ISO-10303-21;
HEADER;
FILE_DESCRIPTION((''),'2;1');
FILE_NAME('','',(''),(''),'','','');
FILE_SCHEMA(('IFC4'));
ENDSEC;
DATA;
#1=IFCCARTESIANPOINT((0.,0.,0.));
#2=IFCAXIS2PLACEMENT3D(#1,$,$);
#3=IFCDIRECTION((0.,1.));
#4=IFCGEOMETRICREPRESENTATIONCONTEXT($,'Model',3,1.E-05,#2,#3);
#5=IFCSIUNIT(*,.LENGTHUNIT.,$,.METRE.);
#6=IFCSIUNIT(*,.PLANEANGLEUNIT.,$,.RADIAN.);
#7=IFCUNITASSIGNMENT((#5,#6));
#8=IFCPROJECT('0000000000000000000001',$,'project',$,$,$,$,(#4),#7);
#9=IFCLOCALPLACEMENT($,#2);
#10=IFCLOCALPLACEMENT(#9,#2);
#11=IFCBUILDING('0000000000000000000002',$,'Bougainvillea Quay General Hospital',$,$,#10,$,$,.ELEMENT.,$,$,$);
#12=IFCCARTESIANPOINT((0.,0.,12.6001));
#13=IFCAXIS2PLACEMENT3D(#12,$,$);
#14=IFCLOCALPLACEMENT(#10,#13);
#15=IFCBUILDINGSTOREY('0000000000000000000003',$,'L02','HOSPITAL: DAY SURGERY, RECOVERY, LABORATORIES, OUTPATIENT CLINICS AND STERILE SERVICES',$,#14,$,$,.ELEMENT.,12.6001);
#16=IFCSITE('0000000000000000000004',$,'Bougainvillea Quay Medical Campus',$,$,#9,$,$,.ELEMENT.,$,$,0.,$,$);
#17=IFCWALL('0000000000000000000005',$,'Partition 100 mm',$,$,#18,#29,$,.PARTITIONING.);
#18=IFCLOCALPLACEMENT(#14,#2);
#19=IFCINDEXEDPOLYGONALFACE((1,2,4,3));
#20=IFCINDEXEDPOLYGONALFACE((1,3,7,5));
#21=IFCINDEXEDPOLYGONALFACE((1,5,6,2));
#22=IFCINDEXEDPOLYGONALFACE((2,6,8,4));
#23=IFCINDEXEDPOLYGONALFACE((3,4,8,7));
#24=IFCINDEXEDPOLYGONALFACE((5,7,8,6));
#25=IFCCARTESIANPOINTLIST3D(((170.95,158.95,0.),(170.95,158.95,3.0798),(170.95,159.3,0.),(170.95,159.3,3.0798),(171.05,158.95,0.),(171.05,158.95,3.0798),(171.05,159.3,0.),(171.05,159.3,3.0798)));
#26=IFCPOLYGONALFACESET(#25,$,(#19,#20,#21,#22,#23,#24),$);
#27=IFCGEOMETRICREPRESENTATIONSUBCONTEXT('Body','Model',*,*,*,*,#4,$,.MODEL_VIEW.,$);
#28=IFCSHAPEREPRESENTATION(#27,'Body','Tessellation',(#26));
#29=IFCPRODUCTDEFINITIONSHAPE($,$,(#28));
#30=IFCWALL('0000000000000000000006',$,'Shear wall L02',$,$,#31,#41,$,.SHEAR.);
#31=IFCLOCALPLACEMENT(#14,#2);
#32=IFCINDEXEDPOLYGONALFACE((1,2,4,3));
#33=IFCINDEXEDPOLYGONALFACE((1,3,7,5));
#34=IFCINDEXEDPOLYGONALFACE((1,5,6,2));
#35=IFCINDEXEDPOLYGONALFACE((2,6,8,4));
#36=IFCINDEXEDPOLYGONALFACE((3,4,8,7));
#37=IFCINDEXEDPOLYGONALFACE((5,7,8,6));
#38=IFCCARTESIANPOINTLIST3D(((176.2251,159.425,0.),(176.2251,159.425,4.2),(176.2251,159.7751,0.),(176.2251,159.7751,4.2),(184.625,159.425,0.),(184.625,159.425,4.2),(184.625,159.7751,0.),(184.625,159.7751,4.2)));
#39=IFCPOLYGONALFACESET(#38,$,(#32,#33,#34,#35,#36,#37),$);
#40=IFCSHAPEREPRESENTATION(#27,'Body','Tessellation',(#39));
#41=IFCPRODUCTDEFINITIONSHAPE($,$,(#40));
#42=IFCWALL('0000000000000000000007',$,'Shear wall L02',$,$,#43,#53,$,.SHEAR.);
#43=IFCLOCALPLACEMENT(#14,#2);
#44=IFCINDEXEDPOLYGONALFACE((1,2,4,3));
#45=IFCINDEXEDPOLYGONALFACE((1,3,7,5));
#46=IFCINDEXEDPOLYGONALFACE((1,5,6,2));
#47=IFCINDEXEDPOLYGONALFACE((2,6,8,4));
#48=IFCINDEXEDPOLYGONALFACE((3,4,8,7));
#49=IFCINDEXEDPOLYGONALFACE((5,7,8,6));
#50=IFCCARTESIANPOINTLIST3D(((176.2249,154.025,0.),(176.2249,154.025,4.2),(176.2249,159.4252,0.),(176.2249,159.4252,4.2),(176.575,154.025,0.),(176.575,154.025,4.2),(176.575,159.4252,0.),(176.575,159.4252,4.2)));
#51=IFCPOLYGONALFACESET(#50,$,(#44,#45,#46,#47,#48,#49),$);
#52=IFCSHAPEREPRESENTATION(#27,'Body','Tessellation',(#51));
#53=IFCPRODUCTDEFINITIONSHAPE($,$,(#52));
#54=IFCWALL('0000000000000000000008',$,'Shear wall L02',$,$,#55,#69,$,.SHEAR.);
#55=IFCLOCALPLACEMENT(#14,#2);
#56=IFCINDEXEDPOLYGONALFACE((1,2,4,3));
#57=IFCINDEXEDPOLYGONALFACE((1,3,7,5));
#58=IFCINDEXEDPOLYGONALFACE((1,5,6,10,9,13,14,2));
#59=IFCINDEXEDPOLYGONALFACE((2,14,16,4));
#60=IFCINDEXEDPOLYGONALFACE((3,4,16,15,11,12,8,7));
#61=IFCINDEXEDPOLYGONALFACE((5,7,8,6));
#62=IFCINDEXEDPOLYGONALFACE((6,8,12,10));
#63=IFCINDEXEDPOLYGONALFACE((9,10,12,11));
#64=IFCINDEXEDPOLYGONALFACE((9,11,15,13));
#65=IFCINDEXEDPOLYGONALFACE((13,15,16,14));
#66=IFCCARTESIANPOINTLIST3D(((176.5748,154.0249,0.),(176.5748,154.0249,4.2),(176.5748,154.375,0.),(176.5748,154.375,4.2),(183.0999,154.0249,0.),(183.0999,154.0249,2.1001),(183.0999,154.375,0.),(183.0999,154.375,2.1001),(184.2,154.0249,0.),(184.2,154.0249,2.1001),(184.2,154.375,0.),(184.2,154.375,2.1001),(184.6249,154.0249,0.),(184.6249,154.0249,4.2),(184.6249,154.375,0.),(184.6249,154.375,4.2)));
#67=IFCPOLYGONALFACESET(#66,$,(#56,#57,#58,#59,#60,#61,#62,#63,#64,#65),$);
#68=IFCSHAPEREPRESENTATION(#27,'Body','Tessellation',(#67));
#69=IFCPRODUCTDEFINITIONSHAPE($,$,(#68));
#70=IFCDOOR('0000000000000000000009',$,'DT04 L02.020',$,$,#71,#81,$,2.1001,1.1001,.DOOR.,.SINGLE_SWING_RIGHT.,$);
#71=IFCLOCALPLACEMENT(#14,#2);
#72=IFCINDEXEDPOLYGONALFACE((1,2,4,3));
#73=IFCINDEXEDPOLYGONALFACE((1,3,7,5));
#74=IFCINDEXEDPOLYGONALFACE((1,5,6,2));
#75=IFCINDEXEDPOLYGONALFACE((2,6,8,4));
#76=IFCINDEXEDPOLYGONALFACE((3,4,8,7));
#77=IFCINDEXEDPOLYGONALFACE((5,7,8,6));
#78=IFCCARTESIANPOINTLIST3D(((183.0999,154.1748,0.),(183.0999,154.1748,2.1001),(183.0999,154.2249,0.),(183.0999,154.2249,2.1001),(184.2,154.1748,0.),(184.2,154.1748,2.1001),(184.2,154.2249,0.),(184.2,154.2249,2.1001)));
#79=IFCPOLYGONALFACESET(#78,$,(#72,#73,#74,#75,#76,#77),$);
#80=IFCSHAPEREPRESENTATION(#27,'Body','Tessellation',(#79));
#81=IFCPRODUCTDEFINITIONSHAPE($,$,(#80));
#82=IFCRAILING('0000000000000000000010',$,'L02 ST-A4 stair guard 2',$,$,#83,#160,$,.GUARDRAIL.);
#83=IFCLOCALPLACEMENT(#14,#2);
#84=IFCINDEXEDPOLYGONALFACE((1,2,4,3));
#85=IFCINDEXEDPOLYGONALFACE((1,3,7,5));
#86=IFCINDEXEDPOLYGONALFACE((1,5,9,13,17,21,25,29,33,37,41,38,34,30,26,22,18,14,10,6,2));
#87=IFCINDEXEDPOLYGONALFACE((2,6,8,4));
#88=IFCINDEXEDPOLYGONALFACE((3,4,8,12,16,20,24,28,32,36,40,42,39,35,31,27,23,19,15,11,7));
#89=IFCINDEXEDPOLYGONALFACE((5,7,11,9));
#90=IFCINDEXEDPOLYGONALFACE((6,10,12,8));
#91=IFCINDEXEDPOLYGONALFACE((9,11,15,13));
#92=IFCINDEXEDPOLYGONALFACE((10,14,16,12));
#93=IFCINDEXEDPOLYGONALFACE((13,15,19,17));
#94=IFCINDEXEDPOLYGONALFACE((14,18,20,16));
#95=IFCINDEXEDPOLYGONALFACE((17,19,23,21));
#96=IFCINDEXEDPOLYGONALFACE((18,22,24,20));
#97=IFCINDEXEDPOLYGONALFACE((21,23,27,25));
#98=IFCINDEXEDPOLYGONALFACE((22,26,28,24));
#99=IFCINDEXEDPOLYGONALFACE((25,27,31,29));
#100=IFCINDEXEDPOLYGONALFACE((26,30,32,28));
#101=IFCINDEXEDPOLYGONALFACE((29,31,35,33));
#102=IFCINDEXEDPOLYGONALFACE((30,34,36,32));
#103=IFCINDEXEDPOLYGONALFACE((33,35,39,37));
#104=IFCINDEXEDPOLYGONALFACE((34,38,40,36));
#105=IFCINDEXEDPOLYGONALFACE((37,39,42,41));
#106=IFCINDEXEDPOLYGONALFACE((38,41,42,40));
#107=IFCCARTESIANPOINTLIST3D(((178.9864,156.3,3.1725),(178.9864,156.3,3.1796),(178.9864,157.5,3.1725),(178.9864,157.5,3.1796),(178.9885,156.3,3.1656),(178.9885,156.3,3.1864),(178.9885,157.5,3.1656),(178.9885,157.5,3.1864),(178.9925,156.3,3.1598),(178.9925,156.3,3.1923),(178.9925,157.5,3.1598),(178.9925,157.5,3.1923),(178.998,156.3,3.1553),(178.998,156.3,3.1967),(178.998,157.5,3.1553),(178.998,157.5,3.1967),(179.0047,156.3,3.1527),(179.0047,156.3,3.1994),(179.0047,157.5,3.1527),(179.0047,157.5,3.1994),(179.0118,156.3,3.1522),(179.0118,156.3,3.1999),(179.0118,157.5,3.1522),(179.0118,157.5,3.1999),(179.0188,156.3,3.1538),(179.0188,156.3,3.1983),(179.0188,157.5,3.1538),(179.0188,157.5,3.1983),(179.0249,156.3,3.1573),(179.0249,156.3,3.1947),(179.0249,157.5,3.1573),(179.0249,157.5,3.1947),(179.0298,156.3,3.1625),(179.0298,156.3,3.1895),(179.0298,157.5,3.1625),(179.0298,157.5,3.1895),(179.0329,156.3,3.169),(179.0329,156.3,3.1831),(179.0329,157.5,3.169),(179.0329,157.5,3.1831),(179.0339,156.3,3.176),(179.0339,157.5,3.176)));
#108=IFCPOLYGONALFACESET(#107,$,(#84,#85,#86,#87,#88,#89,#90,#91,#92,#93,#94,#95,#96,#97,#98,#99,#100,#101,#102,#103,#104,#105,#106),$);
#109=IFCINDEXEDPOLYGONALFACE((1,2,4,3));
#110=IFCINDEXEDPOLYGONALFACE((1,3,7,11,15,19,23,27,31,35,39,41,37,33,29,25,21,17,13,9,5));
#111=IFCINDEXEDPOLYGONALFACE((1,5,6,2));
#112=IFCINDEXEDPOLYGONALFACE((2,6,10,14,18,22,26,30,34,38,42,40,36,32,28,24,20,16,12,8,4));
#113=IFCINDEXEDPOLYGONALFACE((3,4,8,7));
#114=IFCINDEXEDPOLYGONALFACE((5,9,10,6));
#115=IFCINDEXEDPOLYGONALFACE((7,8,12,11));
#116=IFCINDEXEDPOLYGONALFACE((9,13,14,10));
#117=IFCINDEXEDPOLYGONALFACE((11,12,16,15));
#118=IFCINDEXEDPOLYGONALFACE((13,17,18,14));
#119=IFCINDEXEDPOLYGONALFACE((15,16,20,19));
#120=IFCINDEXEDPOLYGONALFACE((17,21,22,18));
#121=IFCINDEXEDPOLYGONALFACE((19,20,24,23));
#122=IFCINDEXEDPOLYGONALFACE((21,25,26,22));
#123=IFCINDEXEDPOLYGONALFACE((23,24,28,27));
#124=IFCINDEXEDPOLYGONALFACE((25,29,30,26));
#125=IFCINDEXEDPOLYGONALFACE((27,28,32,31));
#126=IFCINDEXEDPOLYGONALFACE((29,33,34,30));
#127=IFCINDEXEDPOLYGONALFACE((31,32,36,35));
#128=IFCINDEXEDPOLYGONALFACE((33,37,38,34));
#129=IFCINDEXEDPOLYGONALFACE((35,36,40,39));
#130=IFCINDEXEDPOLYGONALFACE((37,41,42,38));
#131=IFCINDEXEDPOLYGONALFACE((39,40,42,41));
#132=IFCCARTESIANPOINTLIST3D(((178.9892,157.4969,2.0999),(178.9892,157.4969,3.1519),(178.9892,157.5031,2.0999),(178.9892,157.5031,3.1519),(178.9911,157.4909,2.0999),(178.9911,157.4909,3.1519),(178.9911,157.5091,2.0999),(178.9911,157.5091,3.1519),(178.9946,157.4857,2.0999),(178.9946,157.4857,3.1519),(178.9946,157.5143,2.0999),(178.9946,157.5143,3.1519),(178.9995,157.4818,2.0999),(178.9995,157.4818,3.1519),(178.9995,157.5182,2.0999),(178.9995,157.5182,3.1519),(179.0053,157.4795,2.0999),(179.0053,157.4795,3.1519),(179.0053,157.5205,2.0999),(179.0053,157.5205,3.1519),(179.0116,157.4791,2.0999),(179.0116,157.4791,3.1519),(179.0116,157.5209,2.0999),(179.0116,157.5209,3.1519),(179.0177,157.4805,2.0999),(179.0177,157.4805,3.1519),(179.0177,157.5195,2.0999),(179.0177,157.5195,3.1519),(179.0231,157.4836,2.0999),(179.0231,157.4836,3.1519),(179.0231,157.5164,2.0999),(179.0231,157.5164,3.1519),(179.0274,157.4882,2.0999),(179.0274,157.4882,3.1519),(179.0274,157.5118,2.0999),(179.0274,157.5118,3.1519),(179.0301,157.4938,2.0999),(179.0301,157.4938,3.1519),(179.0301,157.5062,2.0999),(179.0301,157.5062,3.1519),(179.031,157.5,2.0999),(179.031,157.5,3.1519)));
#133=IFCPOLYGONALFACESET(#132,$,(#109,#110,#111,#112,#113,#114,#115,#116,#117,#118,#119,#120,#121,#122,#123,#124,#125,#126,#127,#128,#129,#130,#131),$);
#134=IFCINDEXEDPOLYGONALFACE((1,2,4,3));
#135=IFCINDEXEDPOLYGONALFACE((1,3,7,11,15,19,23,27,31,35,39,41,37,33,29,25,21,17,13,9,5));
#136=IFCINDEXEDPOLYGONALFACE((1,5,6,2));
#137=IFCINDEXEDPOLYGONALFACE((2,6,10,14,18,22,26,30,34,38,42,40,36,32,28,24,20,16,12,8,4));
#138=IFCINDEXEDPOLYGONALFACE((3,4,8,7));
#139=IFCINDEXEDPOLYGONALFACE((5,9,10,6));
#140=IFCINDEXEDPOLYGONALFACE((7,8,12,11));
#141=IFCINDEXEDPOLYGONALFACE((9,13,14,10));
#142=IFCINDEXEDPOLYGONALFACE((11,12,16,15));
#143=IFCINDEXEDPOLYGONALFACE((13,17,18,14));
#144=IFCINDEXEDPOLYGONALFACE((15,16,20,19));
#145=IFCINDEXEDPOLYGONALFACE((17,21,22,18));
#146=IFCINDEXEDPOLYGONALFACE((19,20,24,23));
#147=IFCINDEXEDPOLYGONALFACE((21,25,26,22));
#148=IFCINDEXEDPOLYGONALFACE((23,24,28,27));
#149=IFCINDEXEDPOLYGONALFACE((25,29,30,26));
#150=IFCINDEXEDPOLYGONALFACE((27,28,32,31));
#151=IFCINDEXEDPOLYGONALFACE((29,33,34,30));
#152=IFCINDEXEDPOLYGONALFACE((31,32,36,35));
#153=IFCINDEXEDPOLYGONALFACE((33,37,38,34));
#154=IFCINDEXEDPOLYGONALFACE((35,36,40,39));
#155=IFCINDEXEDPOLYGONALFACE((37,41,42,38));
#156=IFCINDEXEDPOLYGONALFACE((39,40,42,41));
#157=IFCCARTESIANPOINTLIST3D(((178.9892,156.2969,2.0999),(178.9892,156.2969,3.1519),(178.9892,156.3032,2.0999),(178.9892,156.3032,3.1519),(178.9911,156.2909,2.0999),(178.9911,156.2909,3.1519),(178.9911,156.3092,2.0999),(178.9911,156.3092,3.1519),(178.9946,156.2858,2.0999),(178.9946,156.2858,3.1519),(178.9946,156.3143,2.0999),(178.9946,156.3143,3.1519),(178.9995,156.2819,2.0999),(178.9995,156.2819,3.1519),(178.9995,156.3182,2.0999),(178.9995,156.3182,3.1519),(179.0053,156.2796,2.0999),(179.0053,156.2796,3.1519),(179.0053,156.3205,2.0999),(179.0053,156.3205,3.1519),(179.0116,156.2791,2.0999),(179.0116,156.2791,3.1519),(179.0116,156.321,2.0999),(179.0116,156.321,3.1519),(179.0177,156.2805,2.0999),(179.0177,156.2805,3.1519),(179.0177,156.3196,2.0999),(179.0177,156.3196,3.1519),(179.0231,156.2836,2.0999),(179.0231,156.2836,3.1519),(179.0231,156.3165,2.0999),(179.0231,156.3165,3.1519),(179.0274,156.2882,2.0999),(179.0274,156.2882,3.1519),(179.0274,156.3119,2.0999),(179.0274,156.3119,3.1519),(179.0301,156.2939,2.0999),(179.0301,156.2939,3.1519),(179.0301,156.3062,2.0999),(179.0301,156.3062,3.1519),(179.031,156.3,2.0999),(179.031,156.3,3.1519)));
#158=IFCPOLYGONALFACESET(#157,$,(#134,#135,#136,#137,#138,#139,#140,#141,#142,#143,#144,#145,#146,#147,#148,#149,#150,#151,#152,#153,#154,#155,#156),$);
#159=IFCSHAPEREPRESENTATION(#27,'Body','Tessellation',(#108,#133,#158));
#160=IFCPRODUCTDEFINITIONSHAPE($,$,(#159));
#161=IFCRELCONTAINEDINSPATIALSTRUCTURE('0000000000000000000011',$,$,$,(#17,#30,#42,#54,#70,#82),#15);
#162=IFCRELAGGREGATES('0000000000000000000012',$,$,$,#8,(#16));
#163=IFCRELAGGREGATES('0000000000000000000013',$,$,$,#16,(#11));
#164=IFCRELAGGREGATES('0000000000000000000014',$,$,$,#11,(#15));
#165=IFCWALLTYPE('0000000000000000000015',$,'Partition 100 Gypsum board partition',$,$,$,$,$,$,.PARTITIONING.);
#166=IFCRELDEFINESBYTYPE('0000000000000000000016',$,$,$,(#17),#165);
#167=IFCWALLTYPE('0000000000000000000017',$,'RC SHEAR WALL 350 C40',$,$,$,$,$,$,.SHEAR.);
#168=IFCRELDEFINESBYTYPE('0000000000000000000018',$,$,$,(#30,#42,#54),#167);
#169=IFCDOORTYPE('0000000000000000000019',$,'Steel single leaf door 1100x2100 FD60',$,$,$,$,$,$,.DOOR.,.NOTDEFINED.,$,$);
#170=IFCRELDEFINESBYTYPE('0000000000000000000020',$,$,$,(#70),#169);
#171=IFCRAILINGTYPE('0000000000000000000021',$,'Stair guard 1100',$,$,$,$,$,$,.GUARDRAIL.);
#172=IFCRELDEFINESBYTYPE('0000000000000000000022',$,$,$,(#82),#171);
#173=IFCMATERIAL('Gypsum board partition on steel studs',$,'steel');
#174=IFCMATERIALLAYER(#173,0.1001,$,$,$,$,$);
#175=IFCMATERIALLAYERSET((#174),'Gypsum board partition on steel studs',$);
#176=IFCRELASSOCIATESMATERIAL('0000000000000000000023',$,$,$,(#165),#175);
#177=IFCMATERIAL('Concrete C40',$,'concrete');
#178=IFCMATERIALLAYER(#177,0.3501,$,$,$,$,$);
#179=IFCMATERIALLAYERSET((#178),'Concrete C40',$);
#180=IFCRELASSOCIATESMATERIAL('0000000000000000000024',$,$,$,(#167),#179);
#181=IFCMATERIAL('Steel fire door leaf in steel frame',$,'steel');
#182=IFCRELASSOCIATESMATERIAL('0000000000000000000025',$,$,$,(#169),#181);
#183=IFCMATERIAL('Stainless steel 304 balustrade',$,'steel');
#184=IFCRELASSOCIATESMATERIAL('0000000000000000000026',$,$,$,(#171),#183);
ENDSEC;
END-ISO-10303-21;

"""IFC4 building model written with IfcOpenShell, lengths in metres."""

from ifc_helpers import new_model, si_unit, direction, frame, frame_2d, origin, origin_2d, place, context, subcontext, project, spatial, rectangle, circle, extrude, material, layer, layer_set, type_object, element, fill, save


model = new_model("IFC4")

# Units and contexts
model_context = context("Model", 3, precision=1e-05, world=origin(), true_north=direction((0.0, 1.0)))
body_context = subcontext(model_context, "Body", "Model", "MODEL_VIEW")
ifc_project = project(units=[si_unit("LENGTHUNIT", "METRE"), si_unit("PLANEANGLEUNIT", "RADIAN")], contexts=[model_context])

# Site, building, storey
site_placement = place(None, origin())
site = spatial("IfcSite", under=ifc_project, at=site_placement, Name="Bougainvillea Quay Medical Campus", CompositionType="ELEMENT", RefElevation=0.0)
building_placement = place(site_placement, origin())
building = spatial("IfcBuilding", under=site, at=building_placement, Name="Bougainvillea Quay General Hospital", CompositionType="ELEMENT")
storey_placement = place(building_placement, frame((0.0, 0.0, 12.6001)))
storey = spatial("IfcBuildingStorey", under=building, at=storey_placement, Name="L02", Description="HOSPITAL: DAY SURGERY, RECOVERY, LABORATORIES, OUTPATIENT CLINICS AND STERILE SERVICES", CompositionType="ELEMENT", Elevation=12.6001)

# Shared definitions
ifc_material_1 = material(Name="Concrete C40", Category="concrete")

# Walls
ifc_material_2 = material(Name="Gypsum board partition on steel studs", Category="steel")
ifc_layer_1 = layer(ifc_material_2, 0.1001)
ifc_layer_set_1 = layer_set([ifc_layer_1], Name="Gypsum board partition on steel studs")
wall_type_1 = type_object("IfcWallType", Name="Partition 100 Gypsum board partition", PredefinedType="PARTITIONING", material=ifc_layer_set_1)
for number, where, z_axis, x_axis, name in (
    (1, (171.0, 158.95, 0.0), (0.0, 0.0, 1.0), (0.0, 1.0, 0.0), "Partition 100 mm"),
):
    element("IfcWall", number, at=place(storey_placement, frame(where, z_axis=z_axis, x_axis=x_axis)), inside=storey, type_object=wall_type_1, Name=name, PredefinedType="PARTITIONING", context=body_context, shape_type="SweptSolid", body=[
        extrude(rectangle(XDim=0.3501, YDim=0.1001, at=frame_2d((0.175, 0.0))), origin(), (0.0, 0.0, 1.0), 3.0798),
    ])
ifc_layer_2 = layer(ifc_material_1, 0.3501)
ifc_layer_set_2 = layer_set([ifc_layer_2], Name="Concrete C40")
wall_type_2 = type_object("IfcWallType", Name="RC SHEAR WALL 350 C40", PredefinedType="SHEAR", material=ifc_layer_set_2)
wall_1_placement = place(storey_placement, frame((176.2251, 159.6001, 0.0), z_axis=(0.0, 0.0, 1.0), x_axis=(1.0, 0.0, 0.0)))
element("IfcWall", 2, at=wall_1_placement, inside=storey, type_object=wall_type_2, Name="Shear wall L02", PredefinedType="SHEAR", context=body_context, shape_type="SweptSolid", body=[
    extrude(rectangle(XDim=8.3999, YDim=0.3501, at=frame_2d((4.2, 0.0))), origin(), (0.0, 0.0, 1.0), 4.2),
])
wall_2_placement = place(storey_placement, frame((176.3999, 154.0249, 0.0), z_axis=(0.0, 0.0, 1.0), x_axis=(0.0, 1.0, 0.0)))
element("IfcWall", 3, at=wall_2_placement, inside=storey, type_object=wall_type_2, Name="Shear wall L02", PredefinedType="SHEAR", context=body_context, shape_type="SweptSolid", body=[
    extrude(rectangle(XDim=5.4001, YDim=0.3501, at=frame_2d((2.7002, 0.0))), origin(), (0.0, 0.0, 1.0), 4.2),
])

# Wall, opening, door
wall_3_placement = place(storey_placement, frame((176.575, 154.2, 0.0), z_axis=(0.0, 0.0, 1.0), x_axis=(1.0, 0.0, 0.0)))
wall_3 = element("IfcWall", 4, at=wall_3_placement, inside=storey, type_object=wall_type_2, Name="Shear wall L02", PredefinedType="SHEAR", context=body_context, shape_type="SweptSolid", body=[
    extrude(rectangle(XDim=8.05, YDim=0.3501, at=frame_2d((4.0249, 0.0))), origin(), (0.0, 0.0, 1.0), 4.2),
])
opening_1_placement = place(wall_3_placement, frame((6.5249, 0.0, 0.0)))
opening_1 = element("IfcOpeningElement", 5, at=opening_1_placement, cuts=wall_3, PredefinedType="OPENING", context=body_context, shape_type="SweptSolid", body=[
    extrude(rectangle(XDim=1.1001, YDim=2.1001, at=frame_2d((0.55, 1.05))), frame((0.0, 0.1851, 0.0), z_axis=(0.0, -1.0, 0.0), x_axis=(1.0, 0.0, 0.0)), (0.0, 0.0, 1.0), 0.3701),
])
ifc_material_3 = material(Name="Steel fire door leaf in steel frame", Category="steel")
door_type = type_object("IfcDoorType", Name="Steel single leaf door 1100x2100 FD60", OperationType="NOTDEFINED", PredefinedType="DOOR", material=ifc_material_3)
door_placement = place(opening_1_placement, origin())
door = element("IfcDoor", 6, at=door_placement, inside=storey, type_object=door_type, Name="DT04 L02.020", OperationType="SINGLE_SWING_RIGHT", OverallHeight=2.1001, OverallWidth=1.1001, PredefinedType="DOOR", context=body_context, shape_type="SweptSolid", body=[
    extrude(rectangle(XDim=1.1001, YDim=2.1001, at=frame_2d((0.55, 1.05))), frame((0.0, 0.0249, 0.0), z_axis=(0.0, -1.0, 0.0), x_axis=(1.0, 0.0, 0.0)), (0.0, 0.0, 1.0), 0.05),
])
fill(opening_1, door)

# Railing
ifc_material_4 = material(Name="Stainless steel 304 balustrade", Category="steel")
railing_type_1 = type_object("IfcRailingType", Name="Stair guard 1100", PredefinedType="GUARDRAIL", material=ifc_material_4)
railing_1_placement = place(storey_placement, frame((179.01, 157.5, 2.0999)))
element("IfcRailing", 7, at=railing_1_placement, inside=storey, type_object=railing_type_1, Name="L02 ST-A4 stair guard 2", PredefinedType="GUARDRAIL", context=body_context, shape_type="SweptSolid", body=[
    extrude(circle(Radius=0.0239, at=origin_2d()), frame((0.0, 0.0, 1.0762), z_axis=(0.0, -1.0, 0.0), x_axis=(1.0, 0.0, 0.0)), (0.0, 0.0, 1.0), 1.2),
    extrude(circle(Radius=0.021, at=origin_2d()), origin(), (0.0, 0.0, 1.0), 1.052),
    extrude(circle(Radius=0.021, at=origin_2d()), frame((0.0, -1.2, 0.0)), (0.0, 0.0, 1.0), 1.052),
])

save(model, "model.ifc")
